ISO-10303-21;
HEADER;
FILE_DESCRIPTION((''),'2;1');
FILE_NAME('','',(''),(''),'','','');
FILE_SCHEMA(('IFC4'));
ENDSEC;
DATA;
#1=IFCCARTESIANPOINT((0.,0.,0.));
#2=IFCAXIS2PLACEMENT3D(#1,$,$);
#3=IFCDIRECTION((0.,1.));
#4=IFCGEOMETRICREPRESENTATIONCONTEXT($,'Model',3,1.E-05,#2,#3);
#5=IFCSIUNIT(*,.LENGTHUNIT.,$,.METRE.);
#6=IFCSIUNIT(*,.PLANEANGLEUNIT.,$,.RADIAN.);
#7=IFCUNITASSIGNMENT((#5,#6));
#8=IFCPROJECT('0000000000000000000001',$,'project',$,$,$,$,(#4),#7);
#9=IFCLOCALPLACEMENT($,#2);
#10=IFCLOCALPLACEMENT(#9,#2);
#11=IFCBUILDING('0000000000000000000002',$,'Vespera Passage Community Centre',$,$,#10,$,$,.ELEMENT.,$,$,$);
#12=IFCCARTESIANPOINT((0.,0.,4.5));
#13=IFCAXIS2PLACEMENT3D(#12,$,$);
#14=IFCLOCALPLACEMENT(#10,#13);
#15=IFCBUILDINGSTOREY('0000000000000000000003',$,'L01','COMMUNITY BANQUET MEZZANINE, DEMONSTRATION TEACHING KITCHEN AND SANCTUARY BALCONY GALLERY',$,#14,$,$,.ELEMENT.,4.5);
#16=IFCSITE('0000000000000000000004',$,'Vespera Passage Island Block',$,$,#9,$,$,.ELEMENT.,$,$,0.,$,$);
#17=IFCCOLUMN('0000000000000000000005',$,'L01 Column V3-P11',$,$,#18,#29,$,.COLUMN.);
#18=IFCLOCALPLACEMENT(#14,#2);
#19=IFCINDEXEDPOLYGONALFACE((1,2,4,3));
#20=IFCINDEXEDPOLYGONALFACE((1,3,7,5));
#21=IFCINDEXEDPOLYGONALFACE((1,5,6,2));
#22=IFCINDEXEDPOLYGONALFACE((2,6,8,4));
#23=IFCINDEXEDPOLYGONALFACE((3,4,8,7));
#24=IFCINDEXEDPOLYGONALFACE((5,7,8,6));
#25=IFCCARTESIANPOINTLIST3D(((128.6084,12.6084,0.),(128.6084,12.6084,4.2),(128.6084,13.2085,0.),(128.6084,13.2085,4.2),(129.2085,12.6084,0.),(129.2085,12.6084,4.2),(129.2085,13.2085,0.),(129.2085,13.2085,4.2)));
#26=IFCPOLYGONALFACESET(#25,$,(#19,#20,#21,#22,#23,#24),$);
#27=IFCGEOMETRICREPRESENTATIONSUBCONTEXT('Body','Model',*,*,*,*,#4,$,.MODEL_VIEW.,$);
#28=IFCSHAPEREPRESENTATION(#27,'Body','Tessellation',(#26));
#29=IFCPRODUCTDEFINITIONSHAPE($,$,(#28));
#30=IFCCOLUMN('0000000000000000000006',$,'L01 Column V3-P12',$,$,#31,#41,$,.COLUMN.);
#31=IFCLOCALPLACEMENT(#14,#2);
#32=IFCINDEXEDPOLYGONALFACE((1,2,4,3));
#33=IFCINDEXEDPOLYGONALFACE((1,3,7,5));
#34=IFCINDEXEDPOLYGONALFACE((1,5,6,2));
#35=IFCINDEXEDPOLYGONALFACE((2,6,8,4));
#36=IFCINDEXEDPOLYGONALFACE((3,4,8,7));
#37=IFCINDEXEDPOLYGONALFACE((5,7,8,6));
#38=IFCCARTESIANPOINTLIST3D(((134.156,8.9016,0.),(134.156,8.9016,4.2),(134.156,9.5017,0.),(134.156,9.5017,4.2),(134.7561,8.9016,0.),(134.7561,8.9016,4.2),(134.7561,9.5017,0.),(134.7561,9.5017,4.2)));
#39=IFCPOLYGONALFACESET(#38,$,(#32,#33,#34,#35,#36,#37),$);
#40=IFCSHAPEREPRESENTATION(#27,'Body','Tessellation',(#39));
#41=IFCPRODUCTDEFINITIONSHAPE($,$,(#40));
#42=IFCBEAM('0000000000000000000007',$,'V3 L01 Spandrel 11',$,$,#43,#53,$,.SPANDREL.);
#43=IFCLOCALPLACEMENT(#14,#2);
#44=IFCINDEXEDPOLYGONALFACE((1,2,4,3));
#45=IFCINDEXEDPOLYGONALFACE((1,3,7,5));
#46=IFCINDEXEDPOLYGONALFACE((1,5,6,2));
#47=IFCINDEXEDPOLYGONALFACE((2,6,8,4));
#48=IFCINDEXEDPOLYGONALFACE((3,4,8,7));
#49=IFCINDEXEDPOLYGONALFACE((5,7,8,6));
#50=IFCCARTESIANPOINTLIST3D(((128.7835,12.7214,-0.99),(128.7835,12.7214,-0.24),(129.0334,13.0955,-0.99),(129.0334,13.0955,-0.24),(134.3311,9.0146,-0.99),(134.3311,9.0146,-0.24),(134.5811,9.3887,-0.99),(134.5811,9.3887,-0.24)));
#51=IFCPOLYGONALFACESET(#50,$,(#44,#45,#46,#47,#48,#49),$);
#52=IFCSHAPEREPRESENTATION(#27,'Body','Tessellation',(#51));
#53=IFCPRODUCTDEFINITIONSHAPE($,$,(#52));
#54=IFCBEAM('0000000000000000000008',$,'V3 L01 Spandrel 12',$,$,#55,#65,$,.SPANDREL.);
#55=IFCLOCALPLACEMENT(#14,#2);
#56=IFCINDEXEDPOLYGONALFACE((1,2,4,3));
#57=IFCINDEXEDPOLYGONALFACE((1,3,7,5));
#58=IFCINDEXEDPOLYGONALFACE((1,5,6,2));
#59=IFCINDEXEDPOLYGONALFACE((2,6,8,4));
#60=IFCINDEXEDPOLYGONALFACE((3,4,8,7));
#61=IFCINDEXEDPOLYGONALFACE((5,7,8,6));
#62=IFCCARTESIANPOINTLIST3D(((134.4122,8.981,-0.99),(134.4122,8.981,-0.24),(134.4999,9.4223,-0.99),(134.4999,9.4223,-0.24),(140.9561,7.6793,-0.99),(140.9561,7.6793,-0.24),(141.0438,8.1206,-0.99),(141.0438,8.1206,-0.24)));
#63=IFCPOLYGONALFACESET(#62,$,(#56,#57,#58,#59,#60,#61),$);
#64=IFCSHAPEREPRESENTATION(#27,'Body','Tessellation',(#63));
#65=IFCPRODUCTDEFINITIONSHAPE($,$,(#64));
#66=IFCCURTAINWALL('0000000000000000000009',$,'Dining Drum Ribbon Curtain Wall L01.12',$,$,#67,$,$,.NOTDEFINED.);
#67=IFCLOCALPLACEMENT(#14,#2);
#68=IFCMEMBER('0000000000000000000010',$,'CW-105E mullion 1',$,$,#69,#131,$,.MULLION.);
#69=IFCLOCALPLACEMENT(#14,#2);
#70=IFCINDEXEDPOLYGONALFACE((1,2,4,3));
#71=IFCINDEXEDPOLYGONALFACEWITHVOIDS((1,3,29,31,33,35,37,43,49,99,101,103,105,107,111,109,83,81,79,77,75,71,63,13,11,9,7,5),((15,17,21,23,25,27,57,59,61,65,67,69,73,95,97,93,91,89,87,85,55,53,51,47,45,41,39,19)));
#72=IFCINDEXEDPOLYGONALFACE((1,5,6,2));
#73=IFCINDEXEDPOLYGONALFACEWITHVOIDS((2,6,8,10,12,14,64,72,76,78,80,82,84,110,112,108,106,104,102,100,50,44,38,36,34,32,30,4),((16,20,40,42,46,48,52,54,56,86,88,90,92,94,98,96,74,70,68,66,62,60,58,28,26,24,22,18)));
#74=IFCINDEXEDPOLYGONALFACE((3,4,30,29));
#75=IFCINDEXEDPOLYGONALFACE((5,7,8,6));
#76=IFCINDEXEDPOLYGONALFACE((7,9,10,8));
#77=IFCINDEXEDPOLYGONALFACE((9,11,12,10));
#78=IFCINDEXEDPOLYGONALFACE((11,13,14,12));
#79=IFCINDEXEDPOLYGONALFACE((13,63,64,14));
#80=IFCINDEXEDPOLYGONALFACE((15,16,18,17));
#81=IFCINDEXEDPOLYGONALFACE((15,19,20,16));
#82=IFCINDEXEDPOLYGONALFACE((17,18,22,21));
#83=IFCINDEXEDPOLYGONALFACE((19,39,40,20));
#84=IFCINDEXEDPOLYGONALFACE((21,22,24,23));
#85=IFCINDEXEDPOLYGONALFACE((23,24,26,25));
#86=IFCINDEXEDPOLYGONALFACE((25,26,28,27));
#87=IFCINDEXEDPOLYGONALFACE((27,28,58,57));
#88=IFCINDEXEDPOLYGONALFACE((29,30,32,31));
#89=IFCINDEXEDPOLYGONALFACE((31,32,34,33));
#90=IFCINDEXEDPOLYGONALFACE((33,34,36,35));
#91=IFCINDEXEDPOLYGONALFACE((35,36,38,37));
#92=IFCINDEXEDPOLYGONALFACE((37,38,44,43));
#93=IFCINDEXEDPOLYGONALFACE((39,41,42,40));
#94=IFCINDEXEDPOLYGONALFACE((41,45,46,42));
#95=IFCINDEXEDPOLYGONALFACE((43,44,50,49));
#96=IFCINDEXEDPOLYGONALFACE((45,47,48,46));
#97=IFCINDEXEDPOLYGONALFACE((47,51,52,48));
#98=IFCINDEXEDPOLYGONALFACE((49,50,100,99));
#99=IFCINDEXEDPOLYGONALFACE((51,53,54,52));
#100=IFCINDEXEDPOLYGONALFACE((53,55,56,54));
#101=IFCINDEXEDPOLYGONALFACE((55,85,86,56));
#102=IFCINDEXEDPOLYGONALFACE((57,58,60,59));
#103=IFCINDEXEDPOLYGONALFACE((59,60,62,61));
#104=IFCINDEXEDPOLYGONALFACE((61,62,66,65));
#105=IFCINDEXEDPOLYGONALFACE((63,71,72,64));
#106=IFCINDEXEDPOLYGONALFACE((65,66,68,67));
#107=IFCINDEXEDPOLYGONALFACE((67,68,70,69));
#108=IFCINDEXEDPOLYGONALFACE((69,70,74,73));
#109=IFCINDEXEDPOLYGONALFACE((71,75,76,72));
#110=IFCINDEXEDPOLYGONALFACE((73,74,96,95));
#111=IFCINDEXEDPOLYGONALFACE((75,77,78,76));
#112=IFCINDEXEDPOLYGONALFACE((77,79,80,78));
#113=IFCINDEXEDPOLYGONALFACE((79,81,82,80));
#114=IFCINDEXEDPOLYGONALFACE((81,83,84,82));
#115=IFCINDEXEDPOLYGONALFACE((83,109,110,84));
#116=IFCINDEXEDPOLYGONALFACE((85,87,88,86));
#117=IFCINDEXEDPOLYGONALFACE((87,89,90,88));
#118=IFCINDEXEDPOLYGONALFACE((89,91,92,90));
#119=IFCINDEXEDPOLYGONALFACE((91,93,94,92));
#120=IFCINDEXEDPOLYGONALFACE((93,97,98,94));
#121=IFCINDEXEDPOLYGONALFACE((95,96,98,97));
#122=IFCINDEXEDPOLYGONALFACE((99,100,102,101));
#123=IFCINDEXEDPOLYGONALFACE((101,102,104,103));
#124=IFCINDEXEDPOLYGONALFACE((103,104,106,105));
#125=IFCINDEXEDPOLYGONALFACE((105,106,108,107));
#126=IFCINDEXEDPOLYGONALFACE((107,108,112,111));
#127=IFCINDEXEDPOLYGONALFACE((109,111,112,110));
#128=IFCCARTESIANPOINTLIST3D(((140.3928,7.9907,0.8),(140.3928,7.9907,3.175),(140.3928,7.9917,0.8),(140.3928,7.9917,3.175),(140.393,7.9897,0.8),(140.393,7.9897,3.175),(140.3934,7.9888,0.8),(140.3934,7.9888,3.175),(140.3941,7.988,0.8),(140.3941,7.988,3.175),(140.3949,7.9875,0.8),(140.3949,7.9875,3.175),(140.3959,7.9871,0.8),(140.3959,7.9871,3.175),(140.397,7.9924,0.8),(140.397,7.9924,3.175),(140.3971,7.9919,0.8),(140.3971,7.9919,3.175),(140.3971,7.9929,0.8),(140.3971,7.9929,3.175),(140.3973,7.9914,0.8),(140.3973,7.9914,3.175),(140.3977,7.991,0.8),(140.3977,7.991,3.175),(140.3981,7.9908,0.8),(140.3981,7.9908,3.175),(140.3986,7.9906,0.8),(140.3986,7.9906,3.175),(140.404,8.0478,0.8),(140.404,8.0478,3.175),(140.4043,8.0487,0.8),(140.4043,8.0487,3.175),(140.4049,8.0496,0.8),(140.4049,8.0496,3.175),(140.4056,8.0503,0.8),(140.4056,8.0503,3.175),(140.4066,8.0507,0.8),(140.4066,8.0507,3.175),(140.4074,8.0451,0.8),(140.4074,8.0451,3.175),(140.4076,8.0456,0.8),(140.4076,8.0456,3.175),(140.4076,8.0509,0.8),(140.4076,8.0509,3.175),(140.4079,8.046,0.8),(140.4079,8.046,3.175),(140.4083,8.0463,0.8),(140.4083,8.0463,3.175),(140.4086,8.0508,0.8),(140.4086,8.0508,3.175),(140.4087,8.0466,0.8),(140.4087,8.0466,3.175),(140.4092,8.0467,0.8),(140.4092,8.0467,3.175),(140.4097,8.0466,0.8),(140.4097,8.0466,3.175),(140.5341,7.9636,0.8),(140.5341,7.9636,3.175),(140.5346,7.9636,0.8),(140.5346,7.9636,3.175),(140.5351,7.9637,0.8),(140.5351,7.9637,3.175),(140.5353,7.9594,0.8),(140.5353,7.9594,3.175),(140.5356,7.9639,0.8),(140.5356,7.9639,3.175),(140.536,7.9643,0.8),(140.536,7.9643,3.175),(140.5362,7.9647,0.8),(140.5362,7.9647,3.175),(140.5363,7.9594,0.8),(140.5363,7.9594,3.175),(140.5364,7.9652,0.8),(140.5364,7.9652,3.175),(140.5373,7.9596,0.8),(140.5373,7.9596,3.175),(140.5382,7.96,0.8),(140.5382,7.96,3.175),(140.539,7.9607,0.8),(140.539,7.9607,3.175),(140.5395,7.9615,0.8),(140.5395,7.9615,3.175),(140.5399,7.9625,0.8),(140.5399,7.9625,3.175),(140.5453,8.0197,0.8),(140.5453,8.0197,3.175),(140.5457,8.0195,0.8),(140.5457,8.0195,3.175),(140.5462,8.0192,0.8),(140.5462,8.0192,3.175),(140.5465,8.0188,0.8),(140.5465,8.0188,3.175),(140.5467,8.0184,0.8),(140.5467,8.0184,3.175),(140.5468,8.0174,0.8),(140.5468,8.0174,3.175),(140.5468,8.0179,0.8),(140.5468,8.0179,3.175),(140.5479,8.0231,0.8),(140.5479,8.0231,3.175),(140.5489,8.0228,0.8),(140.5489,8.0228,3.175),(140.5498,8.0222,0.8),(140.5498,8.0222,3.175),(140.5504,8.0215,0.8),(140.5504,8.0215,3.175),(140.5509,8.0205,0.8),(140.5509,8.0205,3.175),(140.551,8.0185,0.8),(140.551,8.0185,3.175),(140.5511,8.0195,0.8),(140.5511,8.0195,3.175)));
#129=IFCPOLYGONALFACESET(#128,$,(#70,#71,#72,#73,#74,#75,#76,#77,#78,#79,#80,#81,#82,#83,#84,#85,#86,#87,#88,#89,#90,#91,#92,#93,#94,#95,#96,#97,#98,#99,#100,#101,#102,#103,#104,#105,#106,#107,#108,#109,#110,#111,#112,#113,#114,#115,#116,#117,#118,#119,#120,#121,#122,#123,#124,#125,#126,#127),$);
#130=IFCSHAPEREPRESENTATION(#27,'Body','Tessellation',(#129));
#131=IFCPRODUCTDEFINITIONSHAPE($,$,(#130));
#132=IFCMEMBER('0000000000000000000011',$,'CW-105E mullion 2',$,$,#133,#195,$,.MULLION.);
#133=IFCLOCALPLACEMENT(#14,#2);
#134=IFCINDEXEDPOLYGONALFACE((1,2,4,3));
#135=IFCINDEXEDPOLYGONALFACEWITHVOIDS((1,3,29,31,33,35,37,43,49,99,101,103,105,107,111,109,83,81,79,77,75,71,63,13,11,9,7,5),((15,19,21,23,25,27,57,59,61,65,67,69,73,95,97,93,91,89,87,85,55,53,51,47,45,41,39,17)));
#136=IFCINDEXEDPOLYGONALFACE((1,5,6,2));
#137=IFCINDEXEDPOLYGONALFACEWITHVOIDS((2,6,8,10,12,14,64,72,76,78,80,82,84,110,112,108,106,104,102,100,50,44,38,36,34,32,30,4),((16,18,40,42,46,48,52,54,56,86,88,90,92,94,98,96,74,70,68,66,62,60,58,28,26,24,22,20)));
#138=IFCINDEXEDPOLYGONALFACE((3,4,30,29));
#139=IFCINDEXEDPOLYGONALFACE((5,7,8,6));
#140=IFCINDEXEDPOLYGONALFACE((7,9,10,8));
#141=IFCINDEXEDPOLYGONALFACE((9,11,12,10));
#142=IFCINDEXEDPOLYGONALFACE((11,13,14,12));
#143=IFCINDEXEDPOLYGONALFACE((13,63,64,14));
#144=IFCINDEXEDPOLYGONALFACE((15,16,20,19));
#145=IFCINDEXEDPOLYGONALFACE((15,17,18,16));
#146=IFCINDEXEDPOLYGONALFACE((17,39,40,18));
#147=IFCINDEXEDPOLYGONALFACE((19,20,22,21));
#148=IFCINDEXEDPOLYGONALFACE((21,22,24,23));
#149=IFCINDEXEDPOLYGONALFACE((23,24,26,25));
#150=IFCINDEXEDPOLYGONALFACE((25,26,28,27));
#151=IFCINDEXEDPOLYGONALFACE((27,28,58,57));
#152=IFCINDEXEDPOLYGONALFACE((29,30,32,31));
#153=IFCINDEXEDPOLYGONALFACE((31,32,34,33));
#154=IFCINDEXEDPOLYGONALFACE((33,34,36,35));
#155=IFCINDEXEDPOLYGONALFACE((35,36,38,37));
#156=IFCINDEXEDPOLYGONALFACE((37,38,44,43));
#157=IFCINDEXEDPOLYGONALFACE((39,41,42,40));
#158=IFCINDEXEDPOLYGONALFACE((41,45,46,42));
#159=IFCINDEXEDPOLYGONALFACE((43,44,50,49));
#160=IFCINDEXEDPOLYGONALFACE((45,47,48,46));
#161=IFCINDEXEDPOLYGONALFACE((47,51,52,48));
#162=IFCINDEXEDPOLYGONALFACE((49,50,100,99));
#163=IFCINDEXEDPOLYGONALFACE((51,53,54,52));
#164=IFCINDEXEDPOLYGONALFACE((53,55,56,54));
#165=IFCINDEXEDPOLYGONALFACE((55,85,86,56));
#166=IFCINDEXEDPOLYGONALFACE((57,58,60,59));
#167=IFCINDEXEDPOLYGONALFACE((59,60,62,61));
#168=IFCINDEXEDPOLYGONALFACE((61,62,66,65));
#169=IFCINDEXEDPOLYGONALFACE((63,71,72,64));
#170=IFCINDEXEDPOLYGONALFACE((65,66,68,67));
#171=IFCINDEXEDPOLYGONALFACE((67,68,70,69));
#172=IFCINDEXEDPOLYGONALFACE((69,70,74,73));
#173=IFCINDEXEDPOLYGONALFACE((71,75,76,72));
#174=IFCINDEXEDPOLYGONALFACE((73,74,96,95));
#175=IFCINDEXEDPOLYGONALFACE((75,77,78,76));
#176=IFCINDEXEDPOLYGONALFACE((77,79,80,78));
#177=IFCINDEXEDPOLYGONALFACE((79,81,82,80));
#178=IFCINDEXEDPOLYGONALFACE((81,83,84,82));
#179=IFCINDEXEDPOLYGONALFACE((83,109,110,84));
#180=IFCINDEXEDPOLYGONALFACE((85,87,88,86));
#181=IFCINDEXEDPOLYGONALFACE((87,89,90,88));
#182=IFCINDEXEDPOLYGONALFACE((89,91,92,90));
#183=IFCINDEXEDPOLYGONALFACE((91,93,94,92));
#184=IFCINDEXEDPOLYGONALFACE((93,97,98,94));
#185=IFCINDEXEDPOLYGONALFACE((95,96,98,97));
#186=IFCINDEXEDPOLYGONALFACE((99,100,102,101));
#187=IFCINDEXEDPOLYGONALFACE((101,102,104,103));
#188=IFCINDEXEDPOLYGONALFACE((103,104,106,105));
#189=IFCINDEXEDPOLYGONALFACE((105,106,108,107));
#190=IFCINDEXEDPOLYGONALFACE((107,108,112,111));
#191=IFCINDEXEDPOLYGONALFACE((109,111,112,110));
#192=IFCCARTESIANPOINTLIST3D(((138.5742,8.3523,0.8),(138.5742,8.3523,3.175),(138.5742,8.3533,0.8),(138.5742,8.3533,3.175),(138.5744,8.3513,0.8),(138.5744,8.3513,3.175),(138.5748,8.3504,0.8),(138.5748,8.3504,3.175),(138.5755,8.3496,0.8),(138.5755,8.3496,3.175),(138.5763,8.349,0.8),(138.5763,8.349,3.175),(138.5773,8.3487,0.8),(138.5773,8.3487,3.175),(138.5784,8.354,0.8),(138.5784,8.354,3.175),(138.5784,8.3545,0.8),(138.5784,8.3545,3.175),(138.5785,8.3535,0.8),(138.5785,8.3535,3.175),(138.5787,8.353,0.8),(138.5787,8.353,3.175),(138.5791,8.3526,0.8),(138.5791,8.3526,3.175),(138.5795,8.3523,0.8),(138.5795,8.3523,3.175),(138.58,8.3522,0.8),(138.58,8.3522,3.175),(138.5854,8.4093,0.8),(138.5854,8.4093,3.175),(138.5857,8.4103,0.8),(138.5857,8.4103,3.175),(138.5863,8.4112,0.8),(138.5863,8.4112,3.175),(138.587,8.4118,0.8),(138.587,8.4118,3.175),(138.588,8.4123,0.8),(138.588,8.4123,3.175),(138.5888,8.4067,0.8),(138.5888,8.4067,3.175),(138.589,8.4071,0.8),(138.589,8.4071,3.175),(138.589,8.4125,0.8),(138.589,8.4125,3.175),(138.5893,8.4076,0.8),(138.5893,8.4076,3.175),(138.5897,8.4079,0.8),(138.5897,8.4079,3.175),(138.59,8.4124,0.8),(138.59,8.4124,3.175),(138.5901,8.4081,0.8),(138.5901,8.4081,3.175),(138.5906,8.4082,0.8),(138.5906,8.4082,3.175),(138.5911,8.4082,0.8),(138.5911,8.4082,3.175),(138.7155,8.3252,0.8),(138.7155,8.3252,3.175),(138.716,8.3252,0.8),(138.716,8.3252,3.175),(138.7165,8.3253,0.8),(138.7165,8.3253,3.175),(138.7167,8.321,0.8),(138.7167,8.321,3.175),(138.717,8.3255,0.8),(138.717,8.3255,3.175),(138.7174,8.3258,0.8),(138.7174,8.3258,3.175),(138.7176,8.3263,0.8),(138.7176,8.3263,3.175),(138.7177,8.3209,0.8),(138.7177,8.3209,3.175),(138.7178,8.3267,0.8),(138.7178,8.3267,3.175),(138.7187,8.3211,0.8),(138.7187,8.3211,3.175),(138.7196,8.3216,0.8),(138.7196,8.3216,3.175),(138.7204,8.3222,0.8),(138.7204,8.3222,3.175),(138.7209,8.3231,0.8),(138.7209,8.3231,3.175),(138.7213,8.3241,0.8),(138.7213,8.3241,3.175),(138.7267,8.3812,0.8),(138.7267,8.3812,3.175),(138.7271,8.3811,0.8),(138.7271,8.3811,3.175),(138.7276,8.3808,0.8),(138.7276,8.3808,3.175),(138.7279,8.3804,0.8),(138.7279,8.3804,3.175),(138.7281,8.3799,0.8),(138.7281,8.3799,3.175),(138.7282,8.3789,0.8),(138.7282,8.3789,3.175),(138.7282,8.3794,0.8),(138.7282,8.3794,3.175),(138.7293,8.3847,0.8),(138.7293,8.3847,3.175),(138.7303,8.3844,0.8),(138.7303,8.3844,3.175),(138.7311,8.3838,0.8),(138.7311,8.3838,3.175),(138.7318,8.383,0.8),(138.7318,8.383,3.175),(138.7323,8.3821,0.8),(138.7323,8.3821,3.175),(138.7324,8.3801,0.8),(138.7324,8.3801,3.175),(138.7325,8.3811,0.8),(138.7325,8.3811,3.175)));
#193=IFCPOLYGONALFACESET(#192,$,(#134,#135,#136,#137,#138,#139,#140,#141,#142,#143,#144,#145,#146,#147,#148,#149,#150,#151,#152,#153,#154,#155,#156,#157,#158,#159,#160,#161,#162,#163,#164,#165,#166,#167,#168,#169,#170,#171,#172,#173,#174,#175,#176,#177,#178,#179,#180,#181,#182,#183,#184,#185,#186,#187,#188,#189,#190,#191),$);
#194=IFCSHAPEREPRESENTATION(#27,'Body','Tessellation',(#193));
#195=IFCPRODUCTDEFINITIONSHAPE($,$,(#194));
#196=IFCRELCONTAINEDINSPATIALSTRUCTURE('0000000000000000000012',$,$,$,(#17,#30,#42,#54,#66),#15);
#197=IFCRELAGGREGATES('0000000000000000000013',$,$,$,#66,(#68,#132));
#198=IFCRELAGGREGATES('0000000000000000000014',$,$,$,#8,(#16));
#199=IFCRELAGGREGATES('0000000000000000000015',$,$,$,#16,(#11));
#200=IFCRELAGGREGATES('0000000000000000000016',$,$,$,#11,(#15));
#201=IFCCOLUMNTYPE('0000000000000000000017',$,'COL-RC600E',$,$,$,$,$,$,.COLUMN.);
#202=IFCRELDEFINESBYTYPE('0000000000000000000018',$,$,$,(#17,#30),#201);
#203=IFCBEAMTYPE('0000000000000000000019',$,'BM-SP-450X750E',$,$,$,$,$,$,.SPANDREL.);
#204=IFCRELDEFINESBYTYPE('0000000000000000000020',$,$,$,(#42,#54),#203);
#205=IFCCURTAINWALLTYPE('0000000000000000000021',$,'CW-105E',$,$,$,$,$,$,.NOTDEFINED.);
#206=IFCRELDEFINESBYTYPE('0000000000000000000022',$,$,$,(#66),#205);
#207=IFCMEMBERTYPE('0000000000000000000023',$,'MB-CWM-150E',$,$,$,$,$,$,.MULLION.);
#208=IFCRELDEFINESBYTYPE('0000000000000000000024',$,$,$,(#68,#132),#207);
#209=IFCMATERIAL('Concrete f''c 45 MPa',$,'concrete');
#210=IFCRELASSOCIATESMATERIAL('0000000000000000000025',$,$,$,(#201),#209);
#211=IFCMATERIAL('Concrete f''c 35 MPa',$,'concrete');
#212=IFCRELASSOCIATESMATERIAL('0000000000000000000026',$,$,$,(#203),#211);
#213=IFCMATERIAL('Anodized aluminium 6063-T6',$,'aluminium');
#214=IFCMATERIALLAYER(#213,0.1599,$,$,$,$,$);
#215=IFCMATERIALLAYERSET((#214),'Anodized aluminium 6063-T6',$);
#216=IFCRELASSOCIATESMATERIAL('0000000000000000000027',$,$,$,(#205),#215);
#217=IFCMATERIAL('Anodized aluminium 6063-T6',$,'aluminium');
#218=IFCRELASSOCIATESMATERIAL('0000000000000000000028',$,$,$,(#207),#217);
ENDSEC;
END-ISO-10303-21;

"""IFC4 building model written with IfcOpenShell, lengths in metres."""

from ifc_helpers import new_model, si_unit, direction, frame, origin, origin_2d, place, context, subcontext, project, spatial, rectangle, hollow_rectangle, extrude, material, layer, layer_set, material_profile, profile_set, type_object, element, aggregate, save


model = new_model("IFC4")

# Units and contexts
model_context = context("Model", 3, precision=1e-05, world=origin(), true_north=direction((0.0, 1.0)))
body_context = subcontext(model_context, "Body", "Model", "MODEL_VIEW")
ifc_project = project(units=[si_unit("LENGTHUNIT", "METRE"), si_unit("PLANEANGLEUNIT", "RADIAN")], contexts=[model_context])

# Site, building, storey
site_placement = place(None, origin())
site = spatial("IfcSite", under=ifc_project, at=site_placement, Name="Vespera Passage Island Block", CompositionType="ELEMENT", RefElevation=0.0)
building_placement = place(site_placement, origin())
building = spatial("IfcBuilding", under=site, at=building_placement, Name="Vespera Passage Community Centre", CompositionType="ELEMENT")
storey_placement = place(building_placement, frame((0.0, 0.0, 4.5)))
storey = spatial("IfcBuildingStorey", under=building, at=storey_placement, Name="L01", Description="COMMUNITY BANQUET MEZZANINE, DEMONSTRATION TEACHING KITCHEN AND SANCTUARY BALCONY GALLERY", CompositionType="ELEMENT", Elevation=4.5)

# Columns
ifc_material_1 = material(Name="Concrete f'c 45 MPa", Category="concrete")
ifc_material_profile_1 = material_profile(ifc_material_1, rectangle(XDim=0.6001, YDim=0.6001, at=origin_2d()), Name="RC600X600")
ifc_profile_set_1 = profile_set([ifc_material_profile_1], Name="Concrete f'c 45 MPa")
column_type = type_object("IfcColumnType", Name="COL-RC600E", PredefinedType="COLUMN", material=ifc_profile_set_1)
for number, where, z_axis, x_axis, name in (
    (1, (128.9084, 12.9084, 0.0), (0.0, 0.0, 1.0), (1.0, 0.0, 0.0), "L01 Column V3-P11"),
    (2, (134.4561, 9.2017, 0.0), (0.0, 0.0, 1.0), (1.0, 0.0, 0.0), "L01 Column V3-P12"),
):
    element("IfcColumn", number, at=place(storey_placement, frame(where, z_axis=z_axis, x_axis=x_axis)), inside=storey, type_object=column_type, Name=name, PredefinedType="COLUMN", context=body_context, shape_type="SweptSolid", body=[
        extrude(rectangle(XDim=0.6001, YDim=0.6001, at=origin_2d()), origin(), (0.0, 0.0, 1.0), 4.2),
    ])

# Beams
ifc_material_2 = material(Name="Concrete f'c 35 MPa", Category="concrete")
ifc_material_profile_2 = material_profile(ifc_material_2, rectangle(XDim=0.45, YDim=0.75, at=origin_2d()), Name="RC450X750")
ifc_profile_set_2 = profile_set([ifc_material_profile_2], Name="Concrete f'c 35 MPa")
beam_type = type_object("IfcBeamType", Name="BM-SP-450X750E", PredefinedType="SPANDREL", material=ifc_profile_set_2)
for number, where, z_axis, x_axis, name in (
    (3, (128.9084, 12.9084, -0.615), (0.83147, -0.55557, 0.0), (0.55557, 0.83147, 0.0), "V3 L01 Spandrel 11"),
    (4, (134.4561, 9.2017, -0.615), (0.980783, -0.195103, 0.0), (0.195103, 0.980783, 0.0), "V3 L01 Spandrel 12"),
):
    element("IfcBeam", number, at=place(storey_placement, frame(where, z_axis=z_axis, x_axis=x_axis)), inside=storey, type_object=beam_type, Name=name, PredefinedType="SPANDREL", context=body_context, shape_type="SweptSolid", body=[
        extrude(rectangle(XDim=0.45, YDim=0.75, at=origin_2d()), origin(), (0.0, 0.0, 1.0), 6.6721),
    ])

# Curtain wall, members
ifc_material_3 = material(Name="Anodized aluminium 6063-T6", Category="aluminium")
ifc_layer_1 = layer(ifc_material_3, 0.1599)
ifc_layer_set_1 = layer_set([ifc_layer_1], Name="Anodized aluminium 6063-T6")
curtain_wall_type = type_object("IfcCurtainWallType", Name="CW-105E", PredefinedType="NOTDEFINED", material=ifc_layer_set_1)
curtain_wall_placement = place(storey_placement, origin())
curtain_wall = element("IfcCurtainWall", 5, at=curtain_wall_placement, inside=storey, type_object=curtain_wall_type, Name="Dining Drum Ribbon Curtain Wall L01.12", PredefinedType="NOTDEFINED")
ifc_material_4 = material(Name="Anodized aluminium 6063-T6", Category="aluminium")
ifc_material_profile_3 = material_profile(ifc_material_4, hollow_rectangle(XDim=0.0649, YDim=0.1499, WallThickness=0.0039, InnerFilletRadius=0.002, OuterFilletRadius=0.0039, at=origin_2d()), Name="ALU150X65X4")
ifc_profile_set_3 = profile_set([ifc_material_profile_3], Name="Anodized aluminium 6063-T6")
member_type_1 = type_object("IfcMemberType", Name="MB-CWM-150E", PredefinedType="MULLION", material=ifc_profile_set_3)
member_1_placement = place(storey_placement, frame((140.4719, 8.0051, 0.8), z_axis=(0.0, 0.0, 1.0), x_axis=(-0.195097, -0.980784, 0.0)))
member_1 = element("IfcMember", 6, at=member_1_placement, type_object=member_type_1, Name="CW-105E mullion 1", PredefinedType="MULLION", context=body_context, shape_type="SweptSolid", body=[
    extrude(hollow_rectangle(XDim=0.0649, YDim=0.1499, WallThickness=0.0039, InnerFilletRadius=0.002, OuterFilletRadius=0.0039, at=origin_2d()), origin(), (0.0, 0.0, 1.0), 2.375),
])
member_2_placement = place(storey_placement, frame((138.6533, 8.3667, 0.8), z_axis=(0.0, 0.0, 1.0), x_axis=(-0.195097, -0.980784, 0.0)))
member_2 = element("IfcMember", 7, at=member_2_placement, type_object=member_type_1, Name="CW-105E mullion 2", PredefinedType="MULLION", context=body_context, shape_type="SweptSolid", body=[
    extrude(hollow_rectangle(XDim=0.0649, YDim=0.1499, WallThickness=0.0039, InnerFilletRadius=0.002, OuterFilletRadius=0.0039, at=origin_2d()), origin(), (0.0, 0.0, 1.0), 2.375),
])
aggregate(curtain_wall, [member_1, member_2])

save(model, "model.ifc")
